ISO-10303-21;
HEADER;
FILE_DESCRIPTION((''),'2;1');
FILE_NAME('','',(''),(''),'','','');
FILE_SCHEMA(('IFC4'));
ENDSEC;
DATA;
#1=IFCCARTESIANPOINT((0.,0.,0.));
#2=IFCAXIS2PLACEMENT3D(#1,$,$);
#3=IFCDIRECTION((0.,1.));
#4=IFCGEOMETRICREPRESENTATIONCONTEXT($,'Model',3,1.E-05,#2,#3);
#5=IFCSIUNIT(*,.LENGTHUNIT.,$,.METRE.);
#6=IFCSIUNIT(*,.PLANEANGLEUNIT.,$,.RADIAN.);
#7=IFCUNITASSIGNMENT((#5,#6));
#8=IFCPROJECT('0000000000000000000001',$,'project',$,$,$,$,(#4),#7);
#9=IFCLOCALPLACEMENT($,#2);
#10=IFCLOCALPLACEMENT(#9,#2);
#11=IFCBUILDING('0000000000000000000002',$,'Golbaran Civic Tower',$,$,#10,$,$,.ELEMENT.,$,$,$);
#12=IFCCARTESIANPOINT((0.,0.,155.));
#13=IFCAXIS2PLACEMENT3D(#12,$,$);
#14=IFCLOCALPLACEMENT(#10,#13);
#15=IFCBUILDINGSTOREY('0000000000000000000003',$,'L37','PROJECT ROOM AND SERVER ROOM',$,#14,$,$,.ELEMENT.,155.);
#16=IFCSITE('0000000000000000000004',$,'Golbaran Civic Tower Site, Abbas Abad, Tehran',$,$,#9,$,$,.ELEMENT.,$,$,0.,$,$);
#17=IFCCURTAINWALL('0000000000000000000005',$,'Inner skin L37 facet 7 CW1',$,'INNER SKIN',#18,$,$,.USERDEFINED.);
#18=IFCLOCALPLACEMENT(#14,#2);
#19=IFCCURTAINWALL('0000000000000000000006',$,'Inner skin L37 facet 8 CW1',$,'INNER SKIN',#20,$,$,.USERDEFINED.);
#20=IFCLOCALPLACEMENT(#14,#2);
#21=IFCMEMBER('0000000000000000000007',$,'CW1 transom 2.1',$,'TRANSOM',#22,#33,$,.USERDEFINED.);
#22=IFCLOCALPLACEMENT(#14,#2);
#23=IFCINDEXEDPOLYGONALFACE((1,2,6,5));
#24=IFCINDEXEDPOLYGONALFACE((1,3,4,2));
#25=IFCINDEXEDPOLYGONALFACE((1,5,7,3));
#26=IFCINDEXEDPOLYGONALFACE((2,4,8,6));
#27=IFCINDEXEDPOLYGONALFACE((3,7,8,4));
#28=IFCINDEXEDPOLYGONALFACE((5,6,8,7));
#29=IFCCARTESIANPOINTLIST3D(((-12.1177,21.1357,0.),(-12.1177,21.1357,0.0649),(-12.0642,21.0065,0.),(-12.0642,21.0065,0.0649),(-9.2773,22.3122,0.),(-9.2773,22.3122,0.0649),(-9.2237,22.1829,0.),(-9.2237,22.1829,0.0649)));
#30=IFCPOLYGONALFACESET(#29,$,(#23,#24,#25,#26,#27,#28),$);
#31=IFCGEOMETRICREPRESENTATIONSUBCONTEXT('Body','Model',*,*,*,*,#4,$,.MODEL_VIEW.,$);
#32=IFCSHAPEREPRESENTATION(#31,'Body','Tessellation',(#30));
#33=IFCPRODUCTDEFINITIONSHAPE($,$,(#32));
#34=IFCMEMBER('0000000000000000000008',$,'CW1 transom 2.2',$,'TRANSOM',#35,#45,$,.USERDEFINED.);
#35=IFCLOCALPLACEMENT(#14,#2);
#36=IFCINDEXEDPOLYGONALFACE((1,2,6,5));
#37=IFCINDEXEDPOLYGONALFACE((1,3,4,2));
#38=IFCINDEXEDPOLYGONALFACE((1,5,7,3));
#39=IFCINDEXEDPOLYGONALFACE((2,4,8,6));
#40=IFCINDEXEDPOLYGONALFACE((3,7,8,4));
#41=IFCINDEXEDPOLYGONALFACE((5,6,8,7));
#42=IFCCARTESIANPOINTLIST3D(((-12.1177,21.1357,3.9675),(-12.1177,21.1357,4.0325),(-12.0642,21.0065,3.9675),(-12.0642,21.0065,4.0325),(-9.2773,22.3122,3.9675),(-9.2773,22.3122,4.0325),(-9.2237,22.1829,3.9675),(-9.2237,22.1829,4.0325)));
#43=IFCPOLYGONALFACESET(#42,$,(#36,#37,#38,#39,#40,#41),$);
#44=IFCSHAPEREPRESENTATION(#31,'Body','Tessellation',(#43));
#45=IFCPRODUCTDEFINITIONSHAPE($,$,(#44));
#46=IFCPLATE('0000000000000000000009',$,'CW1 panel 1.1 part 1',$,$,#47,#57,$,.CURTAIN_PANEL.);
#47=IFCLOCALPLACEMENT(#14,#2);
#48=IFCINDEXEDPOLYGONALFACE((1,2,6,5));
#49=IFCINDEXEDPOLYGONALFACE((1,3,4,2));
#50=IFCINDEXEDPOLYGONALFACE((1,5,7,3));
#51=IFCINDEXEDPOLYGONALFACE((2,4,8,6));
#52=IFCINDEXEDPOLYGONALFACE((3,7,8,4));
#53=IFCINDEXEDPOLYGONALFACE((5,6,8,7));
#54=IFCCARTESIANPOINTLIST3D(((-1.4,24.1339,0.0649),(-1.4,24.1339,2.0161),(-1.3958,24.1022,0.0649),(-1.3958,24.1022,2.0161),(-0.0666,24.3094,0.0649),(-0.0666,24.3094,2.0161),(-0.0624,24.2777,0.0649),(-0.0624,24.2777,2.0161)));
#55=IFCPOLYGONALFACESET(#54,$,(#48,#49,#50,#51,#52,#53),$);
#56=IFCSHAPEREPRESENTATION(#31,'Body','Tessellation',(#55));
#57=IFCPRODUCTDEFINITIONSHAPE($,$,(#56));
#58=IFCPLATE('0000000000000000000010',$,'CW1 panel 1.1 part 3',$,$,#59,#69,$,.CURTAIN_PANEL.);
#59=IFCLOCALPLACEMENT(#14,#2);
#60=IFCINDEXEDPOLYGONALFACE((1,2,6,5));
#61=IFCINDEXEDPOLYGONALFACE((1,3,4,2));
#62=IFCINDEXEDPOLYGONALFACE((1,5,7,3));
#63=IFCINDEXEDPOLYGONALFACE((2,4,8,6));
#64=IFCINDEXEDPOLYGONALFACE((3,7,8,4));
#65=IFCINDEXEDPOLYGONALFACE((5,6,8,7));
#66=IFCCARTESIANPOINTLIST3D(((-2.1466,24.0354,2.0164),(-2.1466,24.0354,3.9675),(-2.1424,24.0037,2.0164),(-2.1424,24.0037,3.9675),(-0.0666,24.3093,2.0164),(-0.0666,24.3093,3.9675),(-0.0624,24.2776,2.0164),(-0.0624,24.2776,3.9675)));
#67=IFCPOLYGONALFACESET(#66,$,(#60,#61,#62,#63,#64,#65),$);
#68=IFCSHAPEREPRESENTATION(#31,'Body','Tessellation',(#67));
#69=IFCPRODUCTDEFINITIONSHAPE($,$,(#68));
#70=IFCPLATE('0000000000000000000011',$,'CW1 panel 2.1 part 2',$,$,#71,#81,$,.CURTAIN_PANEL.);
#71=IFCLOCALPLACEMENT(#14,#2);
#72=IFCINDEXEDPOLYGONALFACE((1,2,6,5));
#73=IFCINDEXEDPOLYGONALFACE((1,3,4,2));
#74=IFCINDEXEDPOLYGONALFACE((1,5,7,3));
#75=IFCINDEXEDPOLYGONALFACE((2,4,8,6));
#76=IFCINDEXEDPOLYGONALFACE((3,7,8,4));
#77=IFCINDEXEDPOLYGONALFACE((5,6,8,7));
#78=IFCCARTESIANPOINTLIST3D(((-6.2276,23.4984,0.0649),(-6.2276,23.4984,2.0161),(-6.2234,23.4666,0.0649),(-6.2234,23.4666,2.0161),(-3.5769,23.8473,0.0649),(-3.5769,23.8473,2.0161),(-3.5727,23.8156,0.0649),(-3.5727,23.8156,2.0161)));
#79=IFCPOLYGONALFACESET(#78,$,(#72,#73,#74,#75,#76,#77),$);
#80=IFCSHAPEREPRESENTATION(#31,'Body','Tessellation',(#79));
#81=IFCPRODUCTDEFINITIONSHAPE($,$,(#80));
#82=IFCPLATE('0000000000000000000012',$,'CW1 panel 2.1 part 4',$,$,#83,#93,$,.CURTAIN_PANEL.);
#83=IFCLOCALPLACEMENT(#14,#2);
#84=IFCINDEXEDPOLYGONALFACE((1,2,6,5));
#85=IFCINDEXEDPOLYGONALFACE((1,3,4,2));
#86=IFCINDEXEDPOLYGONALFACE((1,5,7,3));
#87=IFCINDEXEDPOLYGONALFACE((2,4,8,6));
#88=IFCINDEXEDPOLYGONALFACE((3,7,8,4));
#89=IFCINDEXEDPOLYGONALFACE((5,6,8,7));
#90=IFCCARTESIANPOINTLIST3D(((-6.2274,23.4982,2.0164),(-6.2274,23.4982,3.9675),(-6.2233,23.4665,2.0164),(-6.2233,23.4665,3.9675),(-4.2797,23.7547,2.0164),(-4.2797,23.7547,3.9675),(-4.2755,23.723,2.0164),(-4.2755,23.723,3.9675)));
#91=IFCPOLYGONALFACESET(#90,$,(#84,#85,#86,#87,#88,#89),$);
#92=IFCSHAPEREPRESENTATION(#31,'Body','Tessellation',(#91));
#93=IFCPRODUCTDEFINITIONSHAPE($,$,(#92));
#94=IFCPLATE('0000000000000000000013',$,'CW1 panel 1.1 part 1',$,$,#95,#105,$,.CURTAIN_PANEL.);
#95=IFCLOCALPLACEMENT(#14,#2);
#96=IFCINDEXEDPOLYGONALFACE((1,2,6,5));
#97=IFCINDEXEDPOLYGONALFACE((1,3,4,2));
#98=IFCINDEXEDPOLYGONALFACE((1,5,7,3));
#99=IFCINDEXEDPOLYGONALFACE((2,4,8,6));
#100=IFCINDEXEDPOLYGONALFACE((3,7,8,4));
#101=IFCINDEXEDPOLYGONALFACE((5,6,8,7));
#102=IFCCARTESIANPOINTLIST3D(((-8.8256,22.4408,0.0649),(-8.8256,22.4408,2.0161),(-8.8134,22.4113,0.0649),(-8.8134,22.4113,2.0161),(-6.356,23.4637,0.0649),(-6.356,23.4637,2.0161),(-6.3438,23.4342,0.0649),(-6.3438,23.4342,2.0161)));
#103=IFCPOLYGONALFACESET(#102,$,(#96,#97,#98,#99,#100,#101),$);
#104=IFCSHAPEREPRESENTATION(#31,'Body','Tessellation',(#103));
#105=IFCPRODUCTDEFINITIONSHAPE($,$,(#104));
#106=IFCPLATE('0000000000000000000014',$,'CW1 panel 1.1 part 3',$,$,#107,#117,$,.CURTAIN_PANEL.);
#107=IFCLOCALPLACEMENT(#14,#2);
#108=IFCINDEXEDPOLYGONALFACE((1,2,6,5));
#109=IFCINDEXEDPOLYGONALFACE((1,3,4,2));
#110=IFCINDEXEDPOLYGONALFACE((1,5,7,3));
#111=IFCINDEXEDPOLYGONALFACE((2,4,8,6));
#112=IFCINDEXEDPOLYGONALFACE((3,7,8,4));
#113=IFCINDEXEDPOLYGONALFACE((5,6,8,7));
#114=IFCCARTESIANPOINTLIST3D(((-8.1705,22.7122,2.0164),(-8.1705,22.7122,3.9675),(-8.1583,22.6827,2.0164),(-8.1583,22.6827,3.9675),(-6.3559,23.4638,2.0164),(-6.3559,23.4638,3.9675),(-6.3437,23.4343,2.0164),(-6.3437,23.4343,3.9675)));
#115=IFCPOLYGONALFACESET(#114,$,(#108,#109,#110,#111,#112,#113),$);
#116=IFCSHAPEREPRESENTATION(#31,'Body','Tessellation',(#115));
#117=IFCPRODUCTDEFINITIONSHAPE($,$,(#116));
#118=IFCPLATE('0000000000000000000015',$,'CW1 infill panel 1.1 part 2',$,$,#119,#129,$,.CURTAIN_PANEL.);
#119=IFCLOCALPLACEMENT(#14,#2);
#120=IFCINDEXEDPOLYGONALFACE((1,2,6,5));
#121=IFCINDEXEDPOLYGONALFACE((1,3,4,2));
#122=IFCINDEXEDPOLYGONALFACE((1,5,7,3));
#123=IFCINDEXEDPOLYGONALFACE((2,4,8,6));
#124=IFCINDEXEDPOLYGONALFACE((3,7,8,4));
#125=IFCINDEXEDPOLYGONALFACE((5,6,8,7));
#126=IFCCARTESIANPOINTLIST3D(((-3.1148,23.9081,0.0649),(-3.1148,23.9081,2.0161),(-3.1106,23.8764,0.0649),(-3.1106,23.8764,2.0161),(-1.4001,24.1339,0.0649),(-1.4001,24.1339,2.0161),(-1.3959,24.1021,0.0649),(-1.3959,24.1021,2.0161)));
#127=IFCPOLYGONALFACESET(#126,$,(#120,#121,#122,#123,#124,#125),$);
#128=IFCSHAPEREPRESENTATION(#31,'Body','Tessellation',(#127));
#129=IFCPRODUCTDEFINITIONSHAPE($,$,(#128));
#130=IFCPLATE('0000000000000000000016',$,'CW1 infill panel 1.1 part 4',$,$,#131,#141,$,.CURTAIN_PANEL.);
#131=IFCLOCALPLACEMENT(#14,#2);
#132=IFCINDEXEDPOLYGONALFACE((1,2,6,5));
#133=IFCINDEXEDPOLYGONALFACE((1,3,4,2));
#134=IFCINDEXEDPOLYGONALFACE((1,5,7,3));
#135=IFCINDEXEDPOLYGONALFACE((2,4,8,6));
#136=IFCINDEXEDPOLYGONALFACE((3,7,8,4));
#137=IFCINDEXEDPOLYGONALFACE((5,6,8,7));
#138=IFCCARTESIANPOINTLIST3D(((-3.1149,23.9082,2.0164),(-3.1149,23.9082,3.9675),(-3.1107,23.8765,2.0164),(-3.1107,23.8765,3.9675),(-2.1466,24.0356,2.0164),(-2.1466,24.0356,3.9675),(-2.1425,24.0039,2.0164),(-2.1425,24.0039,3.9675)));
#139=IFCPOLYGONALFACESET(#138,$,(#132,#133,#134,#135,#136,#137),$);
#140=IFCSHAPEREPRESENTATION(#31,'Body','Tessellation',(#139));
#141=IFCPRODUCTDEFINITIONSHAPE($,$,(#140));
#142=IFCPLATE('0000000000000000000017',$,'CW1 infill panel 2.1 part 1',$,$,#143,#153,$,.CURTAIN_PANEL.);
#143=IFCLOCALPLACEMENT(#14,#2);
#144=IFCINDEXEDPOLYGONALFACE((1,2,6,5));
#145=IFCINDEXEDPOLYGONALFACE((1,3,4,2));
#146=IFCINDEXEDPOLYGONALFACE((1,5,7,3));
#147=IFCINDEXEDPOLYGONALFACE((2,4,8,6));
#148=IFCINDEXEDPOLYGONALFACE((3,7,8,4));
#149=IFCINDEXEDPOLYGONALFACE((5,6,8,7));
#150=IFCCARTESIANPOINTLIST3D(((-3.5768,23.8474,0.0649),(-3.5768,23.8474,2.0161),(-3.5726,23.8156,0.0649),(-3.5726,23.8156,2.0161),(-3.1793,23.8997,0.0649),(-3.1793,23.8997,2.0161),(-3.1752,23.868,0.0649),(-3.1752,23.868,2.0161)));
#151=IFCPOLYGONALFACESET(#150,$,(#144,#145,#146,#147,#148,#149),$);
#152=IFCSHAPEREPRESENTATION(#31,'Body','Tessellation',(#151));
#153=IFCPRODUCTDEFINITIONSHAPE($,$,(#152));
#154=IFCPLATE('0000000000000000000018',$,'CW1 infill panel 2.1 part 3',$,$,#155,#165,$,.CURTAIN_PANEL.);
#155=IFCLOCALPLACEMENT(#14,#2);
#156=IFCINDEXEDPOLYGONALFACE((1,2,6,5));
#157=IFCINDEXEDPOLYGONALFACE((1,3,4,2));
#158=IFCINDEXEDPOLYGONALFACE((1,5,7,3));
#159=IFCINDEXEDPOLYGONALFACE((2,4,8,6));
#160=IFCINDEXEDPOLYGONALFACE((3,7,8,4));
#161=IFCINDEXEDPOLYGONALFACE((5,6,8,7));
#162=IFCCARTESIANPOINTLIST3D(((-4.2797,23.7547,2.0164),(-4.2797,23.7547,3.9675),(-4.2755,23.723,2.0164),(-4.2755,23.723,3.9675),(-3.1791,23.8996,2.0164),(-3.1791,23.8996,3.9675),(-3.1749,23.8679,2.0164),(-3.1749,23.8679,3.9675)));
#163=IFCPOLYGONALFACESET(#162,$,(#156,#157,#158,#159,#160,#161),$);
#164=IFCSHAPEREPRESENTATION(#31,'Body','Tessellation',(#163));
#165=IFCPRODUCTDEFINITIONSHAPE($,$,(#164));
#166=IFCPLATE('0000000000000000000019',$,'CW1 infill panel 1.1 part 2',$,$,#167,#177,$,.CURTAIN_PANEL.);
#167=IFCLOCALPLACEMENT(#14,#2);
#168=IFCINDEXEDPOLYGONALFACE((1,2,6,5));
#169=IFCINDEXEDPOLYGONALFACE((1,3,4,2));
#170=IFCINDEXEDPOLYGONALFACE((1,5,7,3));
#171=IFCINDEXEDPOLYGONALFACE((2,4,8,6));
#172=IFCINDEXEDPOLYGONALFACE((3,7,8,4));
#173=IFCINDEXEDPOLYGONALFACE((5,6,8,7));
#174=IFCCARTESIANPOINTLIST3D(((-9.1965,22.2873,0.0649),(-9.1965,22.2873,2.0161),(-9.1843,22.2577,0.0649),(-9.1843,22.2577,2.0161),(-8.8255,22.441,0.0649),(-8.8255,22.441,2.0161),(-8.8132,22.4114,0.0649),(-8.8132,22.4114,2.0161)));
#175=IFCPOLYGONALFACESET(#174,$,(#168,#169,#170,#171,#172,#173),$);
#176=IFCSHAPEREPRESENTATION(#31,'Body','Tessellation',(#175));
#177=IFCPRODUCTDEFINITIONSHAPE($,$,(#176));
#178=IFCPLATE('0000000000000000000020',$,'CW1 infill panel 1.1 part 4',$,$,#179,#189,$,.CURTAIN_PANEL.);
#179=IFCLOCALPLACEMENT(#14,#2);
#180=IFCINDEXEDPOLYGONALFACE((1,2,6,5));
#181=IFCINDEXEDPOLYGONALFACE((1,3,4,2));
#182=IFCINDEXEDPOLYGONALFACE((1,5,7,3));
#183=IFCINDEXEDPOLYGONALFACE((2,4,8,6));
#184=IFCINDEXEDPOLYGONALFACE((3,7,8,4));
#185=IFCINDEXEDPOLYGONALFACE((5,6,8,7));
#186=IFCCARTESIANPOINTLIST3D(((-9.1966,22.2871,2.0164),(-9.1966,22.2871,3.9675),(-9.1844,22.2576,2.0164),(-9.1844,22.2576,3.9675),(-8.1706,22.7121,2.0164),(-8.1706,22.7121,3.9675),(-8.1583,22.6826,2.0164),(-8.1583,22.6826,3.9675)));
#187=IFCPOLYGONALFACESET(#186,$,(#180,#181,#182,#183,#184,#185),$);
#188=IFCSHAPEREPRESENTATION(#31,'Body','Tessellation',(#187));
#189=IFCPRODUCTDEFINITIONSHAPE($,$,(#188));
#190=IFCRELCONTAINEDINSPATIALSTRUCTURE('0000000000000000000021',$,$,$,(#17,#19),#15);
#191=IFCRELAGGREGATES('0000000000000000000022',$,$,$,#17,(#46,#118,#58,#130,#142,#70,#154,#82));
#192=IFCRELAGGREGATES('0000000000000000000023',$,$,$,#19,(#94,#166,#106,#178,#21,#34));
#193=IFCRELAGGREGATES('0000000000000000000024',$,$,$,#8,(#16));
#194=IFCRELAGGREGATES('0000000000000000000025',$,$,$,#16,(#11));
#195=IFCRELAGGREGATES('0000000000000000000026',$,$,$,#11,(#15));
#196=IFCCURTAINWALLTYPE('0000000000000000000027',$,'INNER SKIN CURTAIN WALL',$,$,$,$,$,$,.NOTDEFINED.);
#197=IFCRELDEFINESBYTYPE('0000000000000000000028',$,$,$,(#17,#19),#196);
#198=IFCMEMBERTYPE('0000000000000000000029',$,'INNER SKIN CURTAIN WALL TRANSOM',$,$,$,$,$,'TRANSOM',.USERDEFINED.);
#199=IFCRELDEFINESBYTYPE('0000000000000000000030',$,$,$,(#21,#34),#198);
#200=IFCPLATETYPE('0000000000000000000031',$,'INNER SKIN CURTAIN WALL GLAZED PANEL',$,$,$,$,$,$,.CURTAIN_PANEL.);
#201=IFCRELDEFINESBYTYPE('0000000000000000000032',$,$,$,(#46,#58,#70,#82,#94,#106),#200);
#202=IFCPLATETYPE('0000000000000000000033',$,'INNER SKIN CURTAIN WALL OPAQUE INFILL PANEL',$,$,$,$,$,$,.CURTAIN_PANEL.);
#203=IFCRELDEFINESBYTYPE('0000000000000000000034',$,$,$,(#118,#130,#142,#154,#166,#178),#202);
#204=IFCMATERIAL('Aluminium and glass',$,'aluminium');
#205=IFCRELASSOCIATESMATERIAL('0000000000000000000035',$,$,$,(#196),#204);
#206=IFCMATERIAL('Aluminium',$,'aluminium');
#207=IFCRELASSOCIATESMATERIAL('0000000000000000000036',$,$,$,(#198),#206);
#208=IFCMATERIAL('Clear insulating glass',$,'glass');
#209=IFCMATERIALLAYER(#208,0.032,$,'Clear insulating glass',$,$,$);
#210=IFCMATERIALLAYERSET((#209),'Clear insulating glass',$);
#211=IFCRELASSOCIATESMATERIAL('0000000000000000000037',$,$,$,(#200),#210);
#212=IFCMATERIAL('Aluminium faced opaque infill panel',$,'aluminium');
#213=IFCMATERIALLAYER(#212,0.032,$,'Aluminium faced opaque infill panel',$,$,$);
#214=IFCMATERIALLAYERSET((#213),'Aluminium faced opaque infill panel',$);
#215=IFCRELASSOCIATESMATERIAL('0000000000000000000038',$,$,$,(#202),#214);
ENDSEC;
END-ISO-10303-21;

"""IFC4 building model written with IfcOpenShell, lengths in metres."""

from ifc_helpers import new_model, si_unit, direction, frame, origin, origin_2d, place, context, subcontext, project, spatial, rectangle, extrude, material, layer, layer_set, material_profile, profile_set, type_object, element, aggregate, save


model = new_model("IFC4")

# Units and contexts
model_context = context("Model", 3, precision=1e-05, world=origin(), true_north=direction((0.0, 1.0)))
body_context = subcontext(model_context, "Body", "Model", "MODEL_VIEW")
ifc_project = project(units=[si_unit("LENGTHUNIT", "METRE"), si_unit("PLANEANGLEUNIT", "RADIAN")], contexts=[model_context])

# Site, building, storey
site_placement = place(None, origin())
site = spatial("IfcSite", under=ifc_project, at=site_placement, Name="Golbaran Civic Tower Site, Abbas Abad, Tehran", CompositionType="ELEMENT", RefElevation=0.0)
building_placement = place(site_placement, origin())
building = spatial("IfcBuilding", under=site, at=building_placement, Name="Golbaran Civic Tower", CompositionType="ELEMENT")
storey_placement = place(building_placement, frame((0.0, 0.0, 155.0)))
storey = spatial("IfcBuildingStorey", under=building, at=storey_placement, Name="L37", Description="PROJECT ROOM AND SERVER ROOM", CompositionType="ELEMENT", Elevation=155.0)

# Curtain walls
ifc_material_1 = material(Name="Aluminium and glass", Category="aluminium")
curtain_wall_type = type_object("IfcCurtainWallType", Name="INNER SKIN CURTAIN WALL", PredefinedType="NOTDEFINED", material=ifc_material_1)
curtain_wall_1_placement = place(storey_placement, origin())
curtain_wall_1 = element("IfcCurtainWall", 1, at=curtain_wall_1_placement, inside=storey, type_object=curtain_wall_type, Name="Inner skin L37 facet 7 CW1", ObjectType="INNER SKIN", PredefinedType="USERDEFINED")
ifc_material_2 = material(Name="Aluminium", Category="aluminium")
curtain_wall_2_placement = place(storey_placement, origin())
curtain_wall_2 = element("IfcCurtainWall", 2, at=curtain_wall_2_placement, inside=storey, type_object=curtain_wall_type, Name="Inner skin L37 facet 8 CW1", ObjectType="INNER SKIN", PredefinedType="USERDEFINED")

# Members
ifc_material_profile_1 = material_profile(ifc_material_2, rectangle(XDim=0.1399, YDim=0.0649, at=origin_2d()), Name="INNER SKIN CURTAIN WALL TRANSOM")
ifc_profile_set_1 = profile_set([ifc_material_profile_1], Name="Aluminium")
member_type_1 = type_object("IfcMemberType", Name="INNER SKIN CURTAIN WALL TRANSOM", ElementType="TRANSOM", PredefinedType="USERDEFINED", material=ifc_profile_set_1)
member_1_placement = place(storey_placement, frame((-9.2505, 22.2476, 0.0325), z_axis=(-0.92389, -0.382658, 0.0), x_axis=(0.382658, -0.92389, 0.0)))
member_1 = element("IfcMember", 3, at=member_1_placement, type_object=member_type_1, Name="CW1 transom 2.1", ObjectType="TRANSOM", PredefinedType="USERDEFINED", context=body_context, shape_type="SweptSolid", body=[
    extrude(rectangle(XDim=0.1399, YDim=0.0649, at=origin_2d()), origin(), (0.0, 0.0, 1.0), 3.0745),
])
member_2_placement = place(storey_placement, frame((-9.2505, 22.2476, 4.0), z_axis=(-0.92389, -0.382658, 0.0), x_axis=(0.382658, -0.92389, 0.0)))
member_2 = element("IfcMember", 4, at=member_2_placement, type_object=member_type_1, Name="CW1 transom 2.2", ObjectType="TRANSOM", PredefinedType="USERDEFINED", context=body_context, shape_type="SweptSolid", body=[
    extrude(rectangle(XDim=0.1399, YDim=0.0649, at=origin_2d()), origin(), (0.0, 0.0, 1.0), 3.0745),
])

# Plates
ifc_material_3 = material(Name="Clear insulating glass", Category="glass")
ifc_layer_1 = layer(ifc_material_3, 0.032, Name="Clear insulating glass")
ifc_layer_set_1 = layer_set([ifc_layer_1], Name="Clear insulating glass")
plate_type_1 = type_object("IfcPlateType", Name="INNER SKIN CURTAIN WALL GLAZED PANEL", PredefinedType="CURTAIN_PANEL", material=ifc_layer_set_1)
plate_1_placement = place(storey_placement, frame((-0.7312, 24.2058, 0.0649), z_axis=(0.0, 0.0, 1.0), x_axis=(-0.991445, -0.130526, 0.0)))
plate_1 = element("IfcPlate", 5, at=plate_1_placement, type_object=plate_type_1, Name="CW1 panel 1.1 part 1", PredefinedType="CURTAIN_PANEL", context=body_context, shape_type="SweptSolid", body=[
    extrude(rectangle(XDim=1.345, YDim=0.032, at=origin_2d()), origin(), (0.0, 0.0, 1.0), 1.9512),
])
plate_2_placement = place(storey_placement, frame((-1.1045, 24.1565, 2.0164), z_axis=(0.0, 0.0, 1.0), x_axis=(-0.991445, -0.130526, 0.0)))
plate_2 = element("IfcPlate", 6, at=plate_2_placement, type_object=plate_type_1, Name="CW1 panel 1.1 part 3", PredefinedType="CURTAIN_PANEL", context=body_context, shape_type="SweptSolid", body=[
    extrude(rectangle(XDim=2.0979, YDim=0.032, at=origin_2d()), origin(), (0.0, 0.0, 1.0), 1.9512),
])
plate_3_placement = place(storey_placement, frame((-4.9001, 23.657, 0.0649), z_axis=(0.0, 0.0, 1.0), x_axis=(-0.991445, -0.130526, 0.0)))
plate_3 = element("IfcPlate", 7, at=plate_3_placement, type_object=plate_type_1, Name="CW1 panel 2.1 part 2", PredefinedType="CURTAIN_PANEL", context=body_context, shape_type="SweptSolid", body=[
    extrude(rectangle(XDim=2.6736, YDim=0.032, at=origin_2d()), origin(), (0.0, 0.0, 1.0), 1.9512),
])
plate_4_placement = place(storey_placement, frame((-5.2515, 23.6106, 2.0164), z_axis=(0.0, 0.0, 1.0), x_axis=(-0.991445, -0.130526, 0.0)))
plate_4 = element("IfcPlate", 8, at=plate_4_placement, type_object=plate_type_1, Name="CW1 panel 2.1 part 4", PredefinedType="CURTAIN_PANEL", context=body_context, shape_type="SweptSolid", body=[
    extrude(rectangle(XDim=1.9646, YDim=0.032, at=origin_2d()), origin(), (0.0, 0.0, 1.0), 1.9512),
])
plate_5_placement = place(storey_placement, frame((-7.5847, 22.9375, 0.0649), z_axis=(0.0, 0.0, 1.0), x_axis=(-0.92388, -0.382683, 0.0)))
plate_5 = element("IfcPlate", 9, at=plate_5_placement, type_object=plate_type_1, Name="CW1 panel 1.1 part 1", PredefinedType="CURTAIN_PANEL", context=body_context, shape_type="SweptSolid", body=[
    extrude(rectangle(XDim=2.6731, YDim=0.032, at=origin_2d()), origin(), (0.0, 0.0, 1.0), 1.9512),
])
plate_6_placement = place(storey_placement, frame((-7.2571, 23.0732, 2.0164), z_axis=(0.0, 0.0, 1.0), x_axis=(-0.92388, -0.382683, 0.0)))
plate_6 = element("IfcPlate", 10, at=plate_6_placement, type_object=plate_type_1, Name="CW1 panel 1.1 part 3", PredefinedType="CURTAIN_PANEL", context=body_context, shape_type="SweptSolid", body=[
    extrude(rectangle(XDim=1.9641, YDim=0.032, at=origin_2d()), origin(), (0.0, 0.0, 1.0), 1.9512),
])
ifc_material_4 = material(Name="Aluminium faced opaque infill panel", Category="aluminium")
ifc_layer_2 = layer(ifc_material_4, 0.032, Name="Aluminium faced opaque infill panel")
ifc_layer_set_2 = layer_set([ifc_layer_2], Name="Aluminium faced opaque infill panel")
plate_type_2 = type_object("IfcPlateType", Name="INNER SKIN CURTAIN WALL OPAQUE INFILL PANEL", PredefinedType="CURTAIN_PANEL", material=ifc_layer_set_2)
plate_7_placement = place(storey_placement, frame((-2.2554, 24.0051, 0.0649), z_axis=(0.0, 0.0, 1.0), x_axis=(-0.991445, -0.130526, 0.0)))
plate_7 = element("IfcPlate", 11, at=plate_7_placement, type_object=plate_type_2, Name="CW1 infill panel 1.1 part 2", PredefinedType="CURTAIN_PANEL", context=body_context, shape_type="SweptSolid", body=[
    extrude(rectangle(XDim=1.7295, YDim=0.032, at=origin_2d()), origin(), (0.0, 0.0, 1.0), 1.9512),
])
plate_8_placement = place(storey_placement, frame((-2.6287, 23.9561, 2.0164), z_axis=(0.0, 0.0, 1.0), x_axis=(-0.991445, -0.130526, 0.0)))
plate_8 = element("IfcPlate", 12, at=plate_8_placement, type_object=plate_type_2, Name="CW1 infill panel 1.1 part 4", PredefinedType="CURTAIN_PANEL", context=body_context, shape_type="SweptSolid", body=[
    extrude(rectangle(XDim=0.9766, YDim=0.032, at=origin_2d()), origin(), (0.0, 0.0, 1.0), 1.9512),
])
plate_9_placement = place(storey_placement, frame((-3.376, 23.8577, 0.0649), z_axis=(0.0, 0.0, 1.0), x_axis=(-0.991445, -0.130526, 0.0)))
plate_9 = element("IfcPlate", 13, at=plate_9_placement, type_object=plate_type_2, Name="CW1 infill panel 2.1 part 1", PredefinedType="CURTAIN_PANEL", context=body_context, shape_type="SweptSolid", body=[
    extrude(rectangle(XDim=0.4009, YDim=0.032, at=origin_2d()), origin(), (0.0, 0.0, 1.0), 1.9512),
])
plate_10_placement = place(storey_placement, frame((-3.7273, 23.8113, 2.0164), z_axis=(0.0, 0.0, 1.0), x_axis=(-0.991445, -0.130526, 0.0)))
plate_10 = element("IfcPlate", 14, at=plate_10_placement, type_object=plate_type_2, Name="CW1 infill panel 2.1 part 3", PredefinedType="CURTAIN_PANEL", context=body_context, shape_type="SweptSolid", body=[
    extrude(rectangle(XDim=1.1101, YDim=0.032, at=origin_2d()), origin(), (0.0, 0.0, 1.0), 1.9512),
])
aggregate(curtain_wall_1, [plate_1, plate_7, plate_2, plate_8, plate_9, plate_3, plate_10, plate_4])
plate_11_placement = place(storey_placement, frame((-9.0049, 22.3494, 0.0649), z_axis=(0.0, 0.0, 1.0), x_axis=(-0.92388, -0.382683, 0.0)))
plate_11 = element("IfcPlate", 15, at=plate_11_placement, type_object=plate_type_2, Name="CW1 infill panel 1.1 part 2", PredefinedType="CURTAIN_PANEL", context=body_context, shape_type="SweptSolid", body=[
    extrude(rectangle(XDim=0.4016, YDim=0.032, at=origin_2d()), origin(), (0.0, 0.0, 1.0), 1.9512),
])
plate_12_placement = place(storey_placement, frame((-8.6775, 22.4849, 2.0164), z_axis=(0.0, 0.0, 1.0), x_axis=(-0.92388, -0.382683, 0.0)))
plate_12 = element("IfcPlate", 16, at=plate_12_placement, type_object=plate_type_2, Name="CW1 infill panel 1.1 part 4", PredefinedType="CURTAIN_PANEL", context=body_context, shape_type="SweptSolid", body=[
    extrude(rectangle(XDim=1.1106, YDim=0.032, at=origin_2d()), origin(), (0.0, 0.0, 1.0), 1.9512),
])
aggregate(curtain_wall_2, [plate_5, plate_11, plate_6, plate_12, member_1, member_2])

save(model, "model.ifc")
